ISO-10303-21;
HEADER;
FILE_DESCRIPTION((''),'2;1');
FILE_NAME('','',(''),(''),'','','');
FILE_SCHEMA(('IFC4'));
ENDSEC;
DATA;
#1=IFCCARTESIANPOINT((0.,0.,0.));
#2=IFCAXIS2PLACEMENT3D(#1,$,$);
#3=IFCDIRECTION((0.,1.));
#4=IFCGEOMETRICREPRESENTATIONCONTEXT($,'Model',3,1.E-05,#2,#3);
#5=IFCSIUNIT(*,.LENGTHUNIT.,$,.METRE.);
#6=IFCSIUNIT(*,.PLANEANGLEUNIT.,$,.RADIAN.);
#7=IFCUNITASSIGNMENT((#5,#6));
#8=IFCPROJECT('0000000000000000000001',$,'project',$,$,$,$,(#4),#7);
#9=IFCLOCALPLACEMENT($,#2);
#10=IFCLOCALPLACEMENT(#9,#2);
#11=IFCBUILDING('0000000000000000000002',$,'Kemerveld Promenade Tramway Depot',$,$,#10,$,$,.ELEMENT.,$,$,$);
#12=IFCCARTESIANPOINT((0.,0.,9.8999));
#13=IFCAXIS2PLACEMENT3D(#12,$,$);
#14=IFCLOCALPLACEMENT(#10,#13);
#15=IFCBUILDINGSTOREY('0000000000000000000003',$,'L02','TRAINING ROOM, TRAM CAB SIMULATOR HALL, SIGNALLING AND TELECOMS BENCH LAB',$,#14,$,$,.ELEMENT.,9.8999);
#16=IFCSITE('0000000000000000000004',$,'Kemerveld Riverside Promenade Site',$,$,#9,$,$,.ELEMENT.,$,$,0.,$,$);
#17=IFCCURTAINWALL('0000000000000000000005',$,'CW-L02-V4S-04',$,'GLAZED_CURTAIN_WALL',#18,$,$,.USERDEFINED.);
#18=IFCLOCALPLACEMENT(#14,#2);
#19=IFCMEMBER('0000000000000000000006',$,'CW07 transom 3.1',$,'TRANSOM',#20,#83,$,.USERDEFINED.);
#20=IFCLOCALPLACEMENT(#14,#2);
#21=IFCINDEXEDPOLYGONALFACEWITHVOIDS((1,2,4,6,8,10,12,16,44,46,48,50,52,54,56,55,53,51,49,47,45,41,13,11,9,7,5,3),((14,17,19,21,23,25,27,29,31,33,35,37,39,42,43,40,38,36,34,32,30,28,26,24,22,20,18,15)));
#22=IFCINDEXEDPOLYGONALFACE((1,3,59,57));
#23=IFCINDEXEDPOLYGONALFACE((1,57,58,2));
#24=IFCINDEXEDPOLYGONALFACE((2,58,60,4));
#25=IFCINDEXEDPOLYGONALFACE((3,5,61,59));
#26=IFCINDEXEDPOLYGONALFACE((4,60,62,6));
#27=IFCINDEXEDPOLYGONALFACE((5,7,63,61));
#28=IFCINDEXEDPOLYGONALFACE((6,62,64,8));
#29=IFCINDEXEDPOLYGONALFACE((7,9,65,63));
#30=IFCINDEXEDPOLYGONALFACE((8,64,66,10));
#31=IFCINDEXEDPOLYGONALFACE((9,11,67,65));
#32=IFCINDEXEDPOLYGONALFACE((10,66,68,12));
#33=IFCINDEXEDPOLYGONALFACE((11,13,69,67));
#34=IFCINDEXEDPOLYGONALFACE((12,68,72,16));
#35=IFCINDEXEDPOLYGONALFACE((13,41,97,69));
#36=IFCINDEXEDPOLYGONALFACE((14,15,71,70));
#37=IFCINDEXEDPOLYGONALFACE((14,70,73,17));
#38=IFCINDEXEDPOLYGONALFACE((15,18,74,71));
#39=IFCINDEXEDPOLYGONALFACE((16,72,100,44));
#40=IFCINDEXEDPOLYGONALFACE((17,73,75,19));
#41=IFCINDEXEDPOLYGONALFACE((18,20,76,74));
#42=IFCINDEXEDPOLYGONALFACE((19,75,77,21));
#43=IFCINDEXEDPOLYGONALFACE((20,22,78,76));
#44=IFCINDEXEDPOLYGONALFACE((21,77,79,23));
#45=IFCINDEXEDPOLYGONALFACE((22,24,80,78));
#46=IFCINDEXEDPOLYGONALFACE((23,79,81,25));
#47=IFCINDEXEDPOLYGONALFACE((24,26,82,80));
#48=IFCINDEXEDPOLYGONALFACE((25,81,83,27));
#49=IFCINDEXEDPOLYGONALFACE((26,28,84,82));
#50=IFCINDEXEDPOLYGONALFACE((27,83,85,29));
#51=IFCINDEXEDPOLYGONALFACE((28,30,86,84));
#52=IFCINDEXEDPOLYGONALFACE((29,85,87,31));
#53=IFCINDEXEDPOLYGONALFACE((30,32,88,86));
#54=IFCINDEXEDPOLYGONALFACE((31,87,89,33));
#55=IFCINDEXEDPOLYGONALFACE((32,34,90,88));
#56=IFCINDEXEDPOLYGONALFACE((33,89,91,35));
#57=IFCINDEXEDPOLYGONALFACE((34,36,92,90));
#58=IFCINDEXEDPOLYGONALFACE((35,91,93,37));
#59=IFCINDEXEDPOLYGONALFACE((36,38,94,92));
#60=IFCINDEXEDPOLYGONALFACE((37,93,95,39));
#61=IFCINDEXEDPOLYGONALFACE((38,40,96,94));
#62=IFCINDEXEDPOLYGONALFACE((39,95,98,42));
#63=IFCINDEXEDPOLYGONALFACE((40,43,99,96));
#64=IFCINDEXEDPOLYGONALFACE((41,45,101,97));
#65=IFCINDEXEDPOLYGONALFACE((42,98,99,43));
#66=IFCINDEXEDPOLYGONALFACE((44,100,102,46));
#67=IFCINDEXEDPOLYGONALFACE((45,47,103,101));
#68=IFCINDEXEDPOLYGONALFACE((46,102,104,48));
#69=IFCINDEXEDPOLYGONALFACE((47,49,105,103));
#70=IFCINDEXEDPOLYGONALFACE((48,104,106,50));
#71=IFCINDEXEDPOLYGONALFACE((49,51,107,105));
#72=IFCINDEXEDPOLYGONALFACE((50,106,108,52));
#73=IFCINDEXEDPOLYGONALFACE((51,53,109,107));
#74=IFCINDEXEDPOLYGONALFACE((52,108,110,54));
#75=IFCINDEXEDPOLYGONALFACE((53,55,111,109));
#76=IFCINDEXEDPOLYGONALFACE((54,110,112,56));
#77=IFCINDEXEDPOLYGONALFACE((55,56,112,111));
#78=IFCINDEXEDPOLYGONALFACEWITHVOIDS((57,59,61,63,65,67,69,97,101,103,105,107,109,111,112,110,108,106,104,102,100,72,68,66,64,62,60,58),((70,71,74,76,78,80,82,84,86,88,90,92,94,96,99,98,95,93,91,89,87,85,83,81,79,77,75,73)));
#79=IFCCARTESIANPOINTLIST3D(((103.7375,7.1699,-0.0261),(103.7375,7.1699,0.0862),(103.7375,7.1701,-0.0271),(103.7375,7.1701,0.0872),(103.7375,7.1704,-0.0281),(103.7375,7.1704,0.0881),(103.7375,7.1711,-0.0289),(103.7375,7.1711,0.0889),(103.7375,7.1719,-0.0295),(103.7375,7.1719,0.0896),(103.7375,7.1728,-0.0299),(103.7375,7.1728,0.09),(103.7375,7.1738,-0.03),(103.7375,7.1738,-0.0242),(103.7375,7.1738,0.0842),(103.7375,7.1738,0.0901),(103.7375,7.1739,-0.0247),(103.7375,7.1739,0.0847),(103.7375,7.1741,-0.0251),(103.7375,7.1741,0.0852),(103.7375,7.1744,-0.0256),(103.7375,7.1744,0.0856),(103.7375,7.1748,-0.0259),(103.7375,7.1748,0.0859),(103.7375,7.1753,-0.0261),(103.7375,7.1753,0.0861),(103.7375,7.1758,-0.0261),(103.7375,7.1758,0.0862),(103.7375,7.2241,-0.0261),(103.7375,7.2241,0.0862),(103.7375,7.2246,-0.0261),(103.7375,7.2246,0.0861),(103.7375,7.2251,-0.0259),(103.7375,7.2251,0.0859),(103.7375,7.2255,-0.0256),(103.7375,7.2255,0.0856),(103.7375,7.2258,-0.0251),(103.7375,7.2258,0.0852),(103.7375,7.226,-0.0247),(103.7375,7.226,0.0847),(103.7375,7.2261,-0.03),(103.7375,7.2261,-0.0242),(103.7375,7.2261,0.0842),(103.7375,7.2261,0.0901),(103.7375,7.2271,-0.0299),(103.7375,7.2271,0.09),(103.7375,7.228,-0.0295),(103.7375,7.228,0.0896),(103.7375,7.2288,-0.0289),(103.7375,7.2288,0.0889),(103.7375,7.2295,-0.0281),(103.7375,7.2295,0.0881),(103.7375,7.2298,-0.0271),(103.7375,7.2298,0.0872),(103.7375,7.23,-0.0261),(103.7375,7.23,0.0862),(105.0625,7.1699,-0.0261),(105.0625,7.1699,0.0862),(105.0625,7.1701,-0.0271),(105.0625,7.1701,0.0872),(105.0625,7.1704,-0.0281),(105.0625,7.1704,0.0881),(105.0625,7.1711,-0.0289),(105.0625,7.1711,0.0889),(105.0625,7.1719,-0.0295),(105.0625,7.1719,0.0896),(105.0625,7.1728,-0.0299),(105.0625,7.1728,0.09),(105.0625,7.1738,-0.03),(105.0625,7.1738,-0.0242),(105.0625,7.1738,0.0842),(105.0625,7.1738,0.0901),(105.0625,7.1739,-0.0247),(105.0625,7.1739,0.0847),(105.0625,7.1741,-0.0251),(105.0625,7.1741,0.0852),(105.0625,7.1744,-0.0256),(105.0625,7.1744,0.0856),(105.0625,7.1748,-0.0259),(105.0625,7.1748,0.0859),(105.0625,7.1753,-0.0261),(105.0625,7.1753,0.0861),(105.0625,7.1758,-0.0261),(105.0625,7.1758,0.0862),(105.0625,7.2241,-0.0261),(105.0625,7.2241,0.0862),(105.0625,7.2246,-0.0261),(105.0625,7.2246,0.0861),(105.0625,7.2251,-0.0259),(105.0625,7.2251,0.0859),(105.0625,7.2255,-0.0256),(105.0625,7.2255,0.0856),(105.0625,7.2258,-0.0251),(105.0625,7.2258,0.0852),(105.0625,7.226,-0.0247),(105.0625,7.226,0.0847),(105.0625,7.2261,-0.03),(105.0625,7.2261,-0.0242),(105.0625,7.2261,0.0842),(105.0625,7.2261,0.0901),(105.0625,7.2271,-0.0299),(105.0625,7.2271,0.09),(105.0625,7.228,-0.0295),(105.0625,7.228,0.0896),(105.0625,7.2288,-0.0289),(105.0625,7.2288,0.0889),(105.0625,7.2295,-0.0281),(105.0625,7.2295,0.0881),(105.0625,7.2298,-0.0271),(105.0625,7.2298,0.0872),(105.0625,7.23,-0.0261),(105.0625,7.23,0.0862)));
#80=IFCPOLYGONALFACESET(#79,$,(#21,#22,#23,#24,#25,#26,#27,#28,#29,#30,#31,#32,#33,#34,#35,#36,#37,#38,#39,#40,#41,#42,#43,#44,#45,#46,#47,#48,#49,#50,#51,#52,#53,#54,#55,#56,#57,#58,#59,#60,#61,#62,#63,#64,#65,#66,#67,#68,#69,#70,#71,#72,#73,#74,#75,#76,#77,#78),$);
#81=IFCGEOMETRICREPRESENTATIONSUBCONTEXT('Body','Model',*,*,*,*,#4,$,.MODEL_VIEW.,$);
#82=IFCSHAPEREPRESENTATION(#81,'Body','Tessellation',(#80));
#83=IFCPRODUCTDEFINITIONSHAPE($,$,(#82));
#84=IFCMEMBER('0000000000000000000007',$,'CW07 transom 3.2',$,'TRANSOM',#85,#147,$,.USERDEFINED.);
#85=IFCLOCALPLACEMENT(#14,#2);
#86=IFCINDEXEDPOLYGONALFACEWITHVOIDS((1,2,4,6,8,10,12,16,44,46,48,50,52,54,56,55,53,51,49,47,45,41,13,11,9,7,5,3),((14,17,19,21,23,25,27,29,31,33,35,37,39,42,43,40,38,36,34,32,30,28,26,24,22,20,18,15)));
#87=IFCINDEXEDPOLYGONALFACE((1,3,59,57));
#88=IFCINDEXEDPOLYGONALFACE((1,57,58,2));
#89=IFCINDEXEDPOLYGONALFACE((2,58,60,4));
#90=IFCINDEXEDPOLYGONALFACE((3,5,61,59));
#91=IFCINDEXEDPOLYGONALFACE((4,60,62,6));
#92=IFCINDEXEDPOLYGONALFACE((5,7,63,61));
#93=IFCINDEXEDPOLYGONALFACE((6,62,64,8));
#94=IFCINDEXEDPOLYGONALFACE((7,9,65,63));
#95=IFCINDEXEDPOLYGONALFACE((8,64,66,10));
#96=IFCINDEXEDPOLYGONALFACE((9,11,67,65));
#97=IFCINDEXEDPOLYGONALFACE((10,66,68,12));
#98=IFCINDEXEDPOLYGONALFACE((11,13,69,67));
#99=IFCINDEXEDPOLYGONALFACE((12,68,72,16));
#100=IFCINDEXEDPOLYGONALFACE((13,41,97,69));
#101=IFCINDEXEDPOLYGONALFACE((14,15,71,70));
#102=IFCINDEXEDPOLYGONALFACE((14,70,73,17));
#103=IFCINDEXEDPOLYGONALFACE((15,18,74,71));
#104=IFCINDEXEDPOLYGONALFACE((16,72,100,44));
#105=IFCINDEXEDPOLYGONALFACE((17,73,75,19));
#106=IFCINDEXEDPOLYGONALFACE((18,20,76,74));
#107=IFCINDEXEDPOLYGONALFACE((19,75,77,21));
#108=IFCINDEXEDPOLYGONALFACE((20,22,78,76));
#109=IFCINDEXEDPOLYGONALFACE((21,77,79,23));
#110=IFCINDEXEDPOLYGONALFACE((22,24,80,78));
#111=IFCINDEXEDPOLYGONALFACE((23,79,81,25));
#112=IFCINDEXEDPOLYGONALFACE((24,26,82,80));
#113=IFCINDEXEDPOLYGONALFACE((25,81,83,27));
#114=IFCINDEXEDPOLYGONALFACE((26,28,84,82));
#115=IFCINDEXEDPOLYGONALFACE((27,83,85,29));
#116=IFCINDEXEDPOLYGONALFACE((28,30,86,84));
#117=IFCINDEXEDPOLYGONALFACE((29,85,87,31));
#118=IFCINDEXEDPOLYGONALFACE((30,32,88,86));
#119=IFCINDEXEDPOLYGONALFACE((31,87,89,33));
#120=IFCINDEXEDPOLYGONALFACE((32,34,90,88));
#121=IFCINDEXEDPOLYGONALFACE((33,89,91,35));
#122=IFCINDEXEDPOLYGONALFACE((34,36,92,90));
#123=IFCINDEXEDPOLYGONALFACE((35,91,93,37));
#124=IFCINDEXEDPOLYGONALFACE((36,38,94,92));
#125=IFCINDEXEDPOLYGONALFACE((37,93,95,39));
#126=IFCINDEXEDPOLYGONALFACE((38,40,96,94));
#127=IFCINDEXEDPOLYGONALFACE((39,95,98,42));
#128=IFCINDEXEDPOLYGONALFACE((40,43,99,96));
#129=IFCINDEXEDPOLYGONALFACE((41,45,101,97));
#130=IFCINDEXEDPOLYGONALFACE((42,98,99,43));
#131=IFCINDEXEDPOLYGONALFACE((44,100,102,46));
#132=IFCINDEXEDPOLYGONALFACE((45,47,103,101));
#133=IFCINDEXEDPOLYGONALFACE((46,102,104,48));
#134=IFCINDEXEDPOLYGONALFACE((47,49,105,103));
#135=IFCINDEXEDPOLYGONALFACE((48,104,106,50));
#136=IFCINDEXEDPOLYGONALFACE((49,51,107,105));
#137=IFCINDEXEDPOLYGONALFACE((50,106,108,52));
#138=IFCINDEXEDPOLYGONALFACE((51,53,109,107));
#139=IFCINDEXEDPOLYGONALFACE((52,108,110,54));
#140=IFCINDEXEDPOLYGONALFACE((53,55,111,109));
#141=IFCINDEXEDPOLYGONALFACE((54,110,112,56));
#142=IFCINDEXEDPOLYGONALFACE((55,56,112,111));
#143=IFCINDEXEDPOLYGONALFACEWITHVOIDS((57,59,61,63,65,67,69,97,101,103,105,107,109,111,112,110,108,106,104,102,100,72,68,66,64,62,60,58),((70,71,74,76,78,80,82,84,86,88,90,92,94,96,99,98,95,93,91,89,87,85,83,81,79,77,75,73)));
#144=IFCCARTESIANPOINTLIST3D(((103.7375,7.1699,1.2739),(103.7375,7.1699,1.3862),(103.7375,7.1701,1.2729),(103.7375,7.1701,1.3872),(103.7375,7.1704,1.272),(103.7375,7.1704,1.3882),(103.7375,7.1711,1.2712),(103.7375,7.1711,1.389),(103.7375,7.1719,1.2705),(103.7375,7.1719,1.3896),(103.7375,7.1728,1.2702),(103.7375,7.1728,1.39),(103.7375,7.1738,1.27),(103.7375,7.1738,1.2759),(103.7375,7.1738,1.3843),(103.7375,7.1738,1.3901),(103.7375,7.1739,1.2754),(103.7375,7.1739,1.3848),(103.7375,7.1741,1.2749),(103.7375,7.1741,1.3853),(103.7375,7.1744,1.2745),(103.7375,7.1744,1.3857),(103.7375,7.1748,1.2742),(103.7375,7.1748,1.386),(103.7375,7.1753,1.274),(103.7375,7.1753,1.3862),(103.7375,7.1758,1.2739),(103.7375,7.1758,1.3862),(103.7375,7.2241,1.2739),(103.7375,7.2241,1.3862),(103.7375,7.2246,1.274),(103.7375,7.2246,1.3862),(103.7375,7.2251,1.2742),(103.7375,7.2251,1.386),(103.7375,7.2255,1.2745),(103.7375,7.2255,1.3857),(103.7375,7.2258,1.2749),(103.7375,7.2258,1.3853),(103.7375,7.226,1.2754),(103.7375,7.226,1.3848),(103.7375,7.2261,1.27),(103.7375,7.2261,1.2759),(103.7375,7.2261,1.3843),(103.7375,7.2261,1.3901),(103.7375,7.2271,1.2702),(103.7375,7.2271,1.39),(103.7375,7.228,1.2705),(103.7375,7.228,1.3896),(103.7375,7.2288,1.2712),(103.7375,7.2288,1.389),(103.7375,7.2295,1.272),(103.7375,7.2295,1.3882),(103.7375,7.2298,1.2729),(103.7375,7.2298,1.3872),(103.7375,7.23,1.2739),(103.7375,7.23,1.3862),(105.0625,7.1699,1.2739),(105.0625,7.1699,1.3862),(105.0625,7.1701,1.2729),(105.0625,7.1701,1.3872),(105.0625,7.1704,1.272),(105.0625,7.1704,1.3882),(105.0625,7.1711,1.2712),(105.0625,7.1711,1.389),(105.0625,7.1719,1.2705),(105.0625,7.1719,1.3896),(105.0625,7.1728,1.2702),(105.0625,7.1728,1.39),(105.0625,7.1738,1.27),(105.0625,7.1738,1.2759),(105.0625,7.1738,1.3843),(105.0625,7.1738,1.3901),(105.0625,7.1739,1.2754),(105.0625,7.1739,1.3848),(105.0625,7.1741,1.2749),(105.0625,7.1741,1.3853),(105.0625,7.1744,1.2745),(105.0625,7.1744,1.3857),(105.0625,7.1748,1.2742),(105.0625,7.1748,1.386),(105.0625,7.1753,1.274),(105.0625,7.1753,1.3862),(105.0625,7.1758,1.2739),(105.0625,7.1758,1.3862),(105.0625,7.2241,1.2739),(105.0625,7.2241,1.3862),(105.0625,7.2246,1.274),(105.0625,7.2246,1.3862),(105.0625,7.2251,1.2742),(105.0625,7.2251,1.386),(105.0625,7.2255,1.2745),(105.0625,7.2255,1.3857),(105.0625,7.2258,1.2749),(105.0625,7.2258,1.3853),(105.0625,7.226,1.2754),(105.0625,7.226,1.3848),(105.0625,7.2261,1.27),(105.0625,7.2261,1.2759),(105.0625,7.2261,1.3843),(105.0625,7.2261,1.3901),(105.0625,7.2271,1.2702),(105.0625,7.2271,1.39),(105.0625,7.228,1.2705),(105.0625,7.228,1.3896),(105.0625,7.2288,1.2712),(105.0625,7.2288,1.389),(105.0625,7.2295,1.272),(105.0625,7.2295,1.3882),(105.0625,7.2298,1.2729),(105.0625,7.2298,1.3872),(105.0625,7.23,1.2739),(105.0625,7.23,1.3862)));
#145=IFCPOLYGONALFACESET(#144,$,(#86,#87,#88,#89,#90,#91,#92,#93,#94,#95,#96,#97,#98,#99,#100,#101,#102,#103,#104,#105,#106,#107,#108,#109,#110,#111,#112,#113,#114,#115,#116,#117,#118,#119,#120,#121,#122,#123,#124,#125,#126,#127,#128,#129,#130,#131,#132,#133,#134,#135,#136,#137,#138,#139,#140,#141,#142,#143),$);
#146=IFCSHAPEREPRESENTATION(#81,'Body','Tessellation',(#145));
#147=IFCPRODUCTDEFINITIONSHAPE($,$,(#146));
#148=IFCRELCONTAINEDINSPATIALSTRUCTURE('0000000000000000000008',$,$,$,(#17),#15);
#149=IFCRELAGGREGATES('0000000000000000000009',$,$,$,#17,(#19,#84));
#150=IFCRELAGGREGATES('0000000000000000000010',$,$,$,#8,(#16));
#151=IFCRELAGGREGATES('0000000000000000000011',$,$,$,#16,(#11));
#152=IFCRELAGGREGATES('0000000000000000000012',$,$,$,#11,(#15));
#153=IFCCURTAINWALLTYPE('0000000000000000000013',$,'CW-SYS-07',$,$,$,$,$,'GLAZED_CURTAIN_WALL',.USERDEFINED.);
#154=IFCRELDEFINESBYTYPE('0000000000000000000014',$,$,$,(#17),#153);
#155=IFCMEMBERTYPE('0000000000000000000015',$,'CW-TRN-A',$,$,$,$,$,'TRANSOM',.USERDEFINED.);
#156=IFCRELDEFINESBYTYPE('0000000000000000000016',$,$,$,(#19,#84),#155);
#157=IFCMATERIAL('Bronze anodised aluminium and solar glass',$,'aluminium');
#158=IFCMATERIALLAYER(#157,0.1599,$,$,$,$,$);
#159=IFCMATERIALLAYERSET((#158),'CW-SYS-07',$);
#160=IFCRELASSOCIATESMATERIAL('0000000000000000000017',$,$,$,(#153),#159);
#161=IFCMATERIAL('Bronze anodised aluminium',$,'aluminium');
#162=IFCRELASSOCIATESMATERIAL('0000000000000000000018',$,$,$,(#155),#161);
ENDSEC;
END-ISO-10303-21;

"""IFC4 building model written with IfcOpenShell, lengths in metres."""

from ifc_helpers import new_model, si_unit, direction, frame, origin, origin_2d, place, context, subcontext, project, spatial, hollow_rectangle, extrude, material, layer, layer_set, material_profile, profile_set, type_object, element, aggregate, save


model = new_model("IFC4")

# Units and contexts
model_context = context("Model", 3, precision=1e-05, world=origin(), true_north=direction((0.0, 1.0)))
body_context = subcontext(model_context, "Body", "Model", "MODEL_VIEW")
ifc_project = project(units=[si_unit("LENGTHUNIT", "METRE"), si_unit("PLANEANGLEUNIT", "RADIAN")], contexts=[model_context])

# Site, building, storey
site_placement = place(None, origin())
site = spatial("IfcSite", under=ifc_project, at=site_placement, Name="Kemerveld Riverside Promenade Site", CompositionType="ELEMENT", RefElevation=0.0)
building_placement = place(site_placement, origin())
building = spatial("IfcBuilding", under=site, at=building_placement, Name="Kemerveld Promenade Tramway Depot", CompositionType="ELEMENT")
storey_placement = place(building_placement, frame((0.0, 0.0, 9.8999)))
storey = spatial("IfcBuildingStorey", under=building, at=storey_placement, Name="L02", Description="TRAINING ROOM, TRAM CAB SIMULATOR HALL, SIGNALLING AND TELECOMS BENCH LAB", CompositionType="ELEMENT", Elevation=9.8999)

# Curtain wall, members
ifc_material_1 = material(Name="Bronze anodised aluminium and solar glass", Category="aluminium")
ifc_layer_1 = layer(ifc_material_1, 0.1599)
ifc_layer_set_1 = layer_set([ifc_layer_1], Name="CW-SYS-07")
curtain_wall_type = type_object("IfcCurtainWallType", Name="CW-SYS-07", ElementType="GLAZED_CURTAIN_WALL", PredefinedType="USERDEFINED", material=ifc_layer_set_1)
curtain_wall_placement = place(storey_placement, origin())
curtain_wall = element("IfcCurtainWall", 1, at=curtain_wall_placement, inside=storey, type_object=curtain_wall_type, Name="CW-L02-V4S-04", ObjectType="GLAZED_CURTAIN_WALL", PredefinedType="USERDEFINED")
ifc_material_2 = material(Name="Bronze anodised aluminium", Category="aluminium")
ifc_material_profile_1 = material_profile(ifc_material_2, hollow_rectangle(XDim=0.0601, YDim=0.1201, WallThickness=0.0039, InnerFilletRadius=0.002, OuterFilletRadius=0.0039, at=origin_2d()), Name="CW-TRN-120x60")
ifc_profile_set_1 = profile_set([ifc_material_profile_1], Name="Bronze anodised aluminium")
member_type_1 = type_object("IfcMemberType", Name="CW-TRN-A", ElementType="TRANSOM", PredefinedType="USERDEFINED", material=ifc_profile_set_1)
member_1_placement = place(storey_placement, frame((105.0625, 7.2, 0.03), z_axis=(-1.0, 0.0, 0.0), x_axis=(0.0, -1.0, 0.0)))
member_1 = element("IfcMember", 2, at=member_1_placement, type_object=member_type_1, Name="CW07 transom 3.1", ObjectType="TRANSOM", PredefinedType="USERDEFINED", context=body_context, shape_type="SweptSolid", body=[
    extrude(hollow_rectangle(XDim=0.0601, YDim=0.1201, WallThickness=0.0039, InnerFilletRadius=0.002, OuterFilletRadius=0.0039, at=origin_2d()), origin(), (0.0, 0.0, 1.0), 1.325),
])
member_2_placement = place(storey_placement, frame((105.0625, 7.2, 1.3301), z_axis=(-1.0, 0.0, 0.0), x_axis=(0.0, -1.0, 0.0)))
member_2 = element("IfcMember", 3, at=member_2_placement, type_object=member_type_1, Name="CW07 transom 3.2", ObjectType="TRANSOM", PredefinedType="USERDEFINED", context=body_context, shape_type="SweptSolid", body=[
    extrude(hollow_rectangle(XDim=0.0601, YDim=0.1201, WallThickness=0.0039, InnerFilletRadius=0.002, OuterFilletRadius=0.0039, at=origin_2d()), origin(), (0.0, 0.0, 1.0), 1.325),
])
aggregate(curtain_wall, [member_1, member_2])

save(model, "model.ifc")
